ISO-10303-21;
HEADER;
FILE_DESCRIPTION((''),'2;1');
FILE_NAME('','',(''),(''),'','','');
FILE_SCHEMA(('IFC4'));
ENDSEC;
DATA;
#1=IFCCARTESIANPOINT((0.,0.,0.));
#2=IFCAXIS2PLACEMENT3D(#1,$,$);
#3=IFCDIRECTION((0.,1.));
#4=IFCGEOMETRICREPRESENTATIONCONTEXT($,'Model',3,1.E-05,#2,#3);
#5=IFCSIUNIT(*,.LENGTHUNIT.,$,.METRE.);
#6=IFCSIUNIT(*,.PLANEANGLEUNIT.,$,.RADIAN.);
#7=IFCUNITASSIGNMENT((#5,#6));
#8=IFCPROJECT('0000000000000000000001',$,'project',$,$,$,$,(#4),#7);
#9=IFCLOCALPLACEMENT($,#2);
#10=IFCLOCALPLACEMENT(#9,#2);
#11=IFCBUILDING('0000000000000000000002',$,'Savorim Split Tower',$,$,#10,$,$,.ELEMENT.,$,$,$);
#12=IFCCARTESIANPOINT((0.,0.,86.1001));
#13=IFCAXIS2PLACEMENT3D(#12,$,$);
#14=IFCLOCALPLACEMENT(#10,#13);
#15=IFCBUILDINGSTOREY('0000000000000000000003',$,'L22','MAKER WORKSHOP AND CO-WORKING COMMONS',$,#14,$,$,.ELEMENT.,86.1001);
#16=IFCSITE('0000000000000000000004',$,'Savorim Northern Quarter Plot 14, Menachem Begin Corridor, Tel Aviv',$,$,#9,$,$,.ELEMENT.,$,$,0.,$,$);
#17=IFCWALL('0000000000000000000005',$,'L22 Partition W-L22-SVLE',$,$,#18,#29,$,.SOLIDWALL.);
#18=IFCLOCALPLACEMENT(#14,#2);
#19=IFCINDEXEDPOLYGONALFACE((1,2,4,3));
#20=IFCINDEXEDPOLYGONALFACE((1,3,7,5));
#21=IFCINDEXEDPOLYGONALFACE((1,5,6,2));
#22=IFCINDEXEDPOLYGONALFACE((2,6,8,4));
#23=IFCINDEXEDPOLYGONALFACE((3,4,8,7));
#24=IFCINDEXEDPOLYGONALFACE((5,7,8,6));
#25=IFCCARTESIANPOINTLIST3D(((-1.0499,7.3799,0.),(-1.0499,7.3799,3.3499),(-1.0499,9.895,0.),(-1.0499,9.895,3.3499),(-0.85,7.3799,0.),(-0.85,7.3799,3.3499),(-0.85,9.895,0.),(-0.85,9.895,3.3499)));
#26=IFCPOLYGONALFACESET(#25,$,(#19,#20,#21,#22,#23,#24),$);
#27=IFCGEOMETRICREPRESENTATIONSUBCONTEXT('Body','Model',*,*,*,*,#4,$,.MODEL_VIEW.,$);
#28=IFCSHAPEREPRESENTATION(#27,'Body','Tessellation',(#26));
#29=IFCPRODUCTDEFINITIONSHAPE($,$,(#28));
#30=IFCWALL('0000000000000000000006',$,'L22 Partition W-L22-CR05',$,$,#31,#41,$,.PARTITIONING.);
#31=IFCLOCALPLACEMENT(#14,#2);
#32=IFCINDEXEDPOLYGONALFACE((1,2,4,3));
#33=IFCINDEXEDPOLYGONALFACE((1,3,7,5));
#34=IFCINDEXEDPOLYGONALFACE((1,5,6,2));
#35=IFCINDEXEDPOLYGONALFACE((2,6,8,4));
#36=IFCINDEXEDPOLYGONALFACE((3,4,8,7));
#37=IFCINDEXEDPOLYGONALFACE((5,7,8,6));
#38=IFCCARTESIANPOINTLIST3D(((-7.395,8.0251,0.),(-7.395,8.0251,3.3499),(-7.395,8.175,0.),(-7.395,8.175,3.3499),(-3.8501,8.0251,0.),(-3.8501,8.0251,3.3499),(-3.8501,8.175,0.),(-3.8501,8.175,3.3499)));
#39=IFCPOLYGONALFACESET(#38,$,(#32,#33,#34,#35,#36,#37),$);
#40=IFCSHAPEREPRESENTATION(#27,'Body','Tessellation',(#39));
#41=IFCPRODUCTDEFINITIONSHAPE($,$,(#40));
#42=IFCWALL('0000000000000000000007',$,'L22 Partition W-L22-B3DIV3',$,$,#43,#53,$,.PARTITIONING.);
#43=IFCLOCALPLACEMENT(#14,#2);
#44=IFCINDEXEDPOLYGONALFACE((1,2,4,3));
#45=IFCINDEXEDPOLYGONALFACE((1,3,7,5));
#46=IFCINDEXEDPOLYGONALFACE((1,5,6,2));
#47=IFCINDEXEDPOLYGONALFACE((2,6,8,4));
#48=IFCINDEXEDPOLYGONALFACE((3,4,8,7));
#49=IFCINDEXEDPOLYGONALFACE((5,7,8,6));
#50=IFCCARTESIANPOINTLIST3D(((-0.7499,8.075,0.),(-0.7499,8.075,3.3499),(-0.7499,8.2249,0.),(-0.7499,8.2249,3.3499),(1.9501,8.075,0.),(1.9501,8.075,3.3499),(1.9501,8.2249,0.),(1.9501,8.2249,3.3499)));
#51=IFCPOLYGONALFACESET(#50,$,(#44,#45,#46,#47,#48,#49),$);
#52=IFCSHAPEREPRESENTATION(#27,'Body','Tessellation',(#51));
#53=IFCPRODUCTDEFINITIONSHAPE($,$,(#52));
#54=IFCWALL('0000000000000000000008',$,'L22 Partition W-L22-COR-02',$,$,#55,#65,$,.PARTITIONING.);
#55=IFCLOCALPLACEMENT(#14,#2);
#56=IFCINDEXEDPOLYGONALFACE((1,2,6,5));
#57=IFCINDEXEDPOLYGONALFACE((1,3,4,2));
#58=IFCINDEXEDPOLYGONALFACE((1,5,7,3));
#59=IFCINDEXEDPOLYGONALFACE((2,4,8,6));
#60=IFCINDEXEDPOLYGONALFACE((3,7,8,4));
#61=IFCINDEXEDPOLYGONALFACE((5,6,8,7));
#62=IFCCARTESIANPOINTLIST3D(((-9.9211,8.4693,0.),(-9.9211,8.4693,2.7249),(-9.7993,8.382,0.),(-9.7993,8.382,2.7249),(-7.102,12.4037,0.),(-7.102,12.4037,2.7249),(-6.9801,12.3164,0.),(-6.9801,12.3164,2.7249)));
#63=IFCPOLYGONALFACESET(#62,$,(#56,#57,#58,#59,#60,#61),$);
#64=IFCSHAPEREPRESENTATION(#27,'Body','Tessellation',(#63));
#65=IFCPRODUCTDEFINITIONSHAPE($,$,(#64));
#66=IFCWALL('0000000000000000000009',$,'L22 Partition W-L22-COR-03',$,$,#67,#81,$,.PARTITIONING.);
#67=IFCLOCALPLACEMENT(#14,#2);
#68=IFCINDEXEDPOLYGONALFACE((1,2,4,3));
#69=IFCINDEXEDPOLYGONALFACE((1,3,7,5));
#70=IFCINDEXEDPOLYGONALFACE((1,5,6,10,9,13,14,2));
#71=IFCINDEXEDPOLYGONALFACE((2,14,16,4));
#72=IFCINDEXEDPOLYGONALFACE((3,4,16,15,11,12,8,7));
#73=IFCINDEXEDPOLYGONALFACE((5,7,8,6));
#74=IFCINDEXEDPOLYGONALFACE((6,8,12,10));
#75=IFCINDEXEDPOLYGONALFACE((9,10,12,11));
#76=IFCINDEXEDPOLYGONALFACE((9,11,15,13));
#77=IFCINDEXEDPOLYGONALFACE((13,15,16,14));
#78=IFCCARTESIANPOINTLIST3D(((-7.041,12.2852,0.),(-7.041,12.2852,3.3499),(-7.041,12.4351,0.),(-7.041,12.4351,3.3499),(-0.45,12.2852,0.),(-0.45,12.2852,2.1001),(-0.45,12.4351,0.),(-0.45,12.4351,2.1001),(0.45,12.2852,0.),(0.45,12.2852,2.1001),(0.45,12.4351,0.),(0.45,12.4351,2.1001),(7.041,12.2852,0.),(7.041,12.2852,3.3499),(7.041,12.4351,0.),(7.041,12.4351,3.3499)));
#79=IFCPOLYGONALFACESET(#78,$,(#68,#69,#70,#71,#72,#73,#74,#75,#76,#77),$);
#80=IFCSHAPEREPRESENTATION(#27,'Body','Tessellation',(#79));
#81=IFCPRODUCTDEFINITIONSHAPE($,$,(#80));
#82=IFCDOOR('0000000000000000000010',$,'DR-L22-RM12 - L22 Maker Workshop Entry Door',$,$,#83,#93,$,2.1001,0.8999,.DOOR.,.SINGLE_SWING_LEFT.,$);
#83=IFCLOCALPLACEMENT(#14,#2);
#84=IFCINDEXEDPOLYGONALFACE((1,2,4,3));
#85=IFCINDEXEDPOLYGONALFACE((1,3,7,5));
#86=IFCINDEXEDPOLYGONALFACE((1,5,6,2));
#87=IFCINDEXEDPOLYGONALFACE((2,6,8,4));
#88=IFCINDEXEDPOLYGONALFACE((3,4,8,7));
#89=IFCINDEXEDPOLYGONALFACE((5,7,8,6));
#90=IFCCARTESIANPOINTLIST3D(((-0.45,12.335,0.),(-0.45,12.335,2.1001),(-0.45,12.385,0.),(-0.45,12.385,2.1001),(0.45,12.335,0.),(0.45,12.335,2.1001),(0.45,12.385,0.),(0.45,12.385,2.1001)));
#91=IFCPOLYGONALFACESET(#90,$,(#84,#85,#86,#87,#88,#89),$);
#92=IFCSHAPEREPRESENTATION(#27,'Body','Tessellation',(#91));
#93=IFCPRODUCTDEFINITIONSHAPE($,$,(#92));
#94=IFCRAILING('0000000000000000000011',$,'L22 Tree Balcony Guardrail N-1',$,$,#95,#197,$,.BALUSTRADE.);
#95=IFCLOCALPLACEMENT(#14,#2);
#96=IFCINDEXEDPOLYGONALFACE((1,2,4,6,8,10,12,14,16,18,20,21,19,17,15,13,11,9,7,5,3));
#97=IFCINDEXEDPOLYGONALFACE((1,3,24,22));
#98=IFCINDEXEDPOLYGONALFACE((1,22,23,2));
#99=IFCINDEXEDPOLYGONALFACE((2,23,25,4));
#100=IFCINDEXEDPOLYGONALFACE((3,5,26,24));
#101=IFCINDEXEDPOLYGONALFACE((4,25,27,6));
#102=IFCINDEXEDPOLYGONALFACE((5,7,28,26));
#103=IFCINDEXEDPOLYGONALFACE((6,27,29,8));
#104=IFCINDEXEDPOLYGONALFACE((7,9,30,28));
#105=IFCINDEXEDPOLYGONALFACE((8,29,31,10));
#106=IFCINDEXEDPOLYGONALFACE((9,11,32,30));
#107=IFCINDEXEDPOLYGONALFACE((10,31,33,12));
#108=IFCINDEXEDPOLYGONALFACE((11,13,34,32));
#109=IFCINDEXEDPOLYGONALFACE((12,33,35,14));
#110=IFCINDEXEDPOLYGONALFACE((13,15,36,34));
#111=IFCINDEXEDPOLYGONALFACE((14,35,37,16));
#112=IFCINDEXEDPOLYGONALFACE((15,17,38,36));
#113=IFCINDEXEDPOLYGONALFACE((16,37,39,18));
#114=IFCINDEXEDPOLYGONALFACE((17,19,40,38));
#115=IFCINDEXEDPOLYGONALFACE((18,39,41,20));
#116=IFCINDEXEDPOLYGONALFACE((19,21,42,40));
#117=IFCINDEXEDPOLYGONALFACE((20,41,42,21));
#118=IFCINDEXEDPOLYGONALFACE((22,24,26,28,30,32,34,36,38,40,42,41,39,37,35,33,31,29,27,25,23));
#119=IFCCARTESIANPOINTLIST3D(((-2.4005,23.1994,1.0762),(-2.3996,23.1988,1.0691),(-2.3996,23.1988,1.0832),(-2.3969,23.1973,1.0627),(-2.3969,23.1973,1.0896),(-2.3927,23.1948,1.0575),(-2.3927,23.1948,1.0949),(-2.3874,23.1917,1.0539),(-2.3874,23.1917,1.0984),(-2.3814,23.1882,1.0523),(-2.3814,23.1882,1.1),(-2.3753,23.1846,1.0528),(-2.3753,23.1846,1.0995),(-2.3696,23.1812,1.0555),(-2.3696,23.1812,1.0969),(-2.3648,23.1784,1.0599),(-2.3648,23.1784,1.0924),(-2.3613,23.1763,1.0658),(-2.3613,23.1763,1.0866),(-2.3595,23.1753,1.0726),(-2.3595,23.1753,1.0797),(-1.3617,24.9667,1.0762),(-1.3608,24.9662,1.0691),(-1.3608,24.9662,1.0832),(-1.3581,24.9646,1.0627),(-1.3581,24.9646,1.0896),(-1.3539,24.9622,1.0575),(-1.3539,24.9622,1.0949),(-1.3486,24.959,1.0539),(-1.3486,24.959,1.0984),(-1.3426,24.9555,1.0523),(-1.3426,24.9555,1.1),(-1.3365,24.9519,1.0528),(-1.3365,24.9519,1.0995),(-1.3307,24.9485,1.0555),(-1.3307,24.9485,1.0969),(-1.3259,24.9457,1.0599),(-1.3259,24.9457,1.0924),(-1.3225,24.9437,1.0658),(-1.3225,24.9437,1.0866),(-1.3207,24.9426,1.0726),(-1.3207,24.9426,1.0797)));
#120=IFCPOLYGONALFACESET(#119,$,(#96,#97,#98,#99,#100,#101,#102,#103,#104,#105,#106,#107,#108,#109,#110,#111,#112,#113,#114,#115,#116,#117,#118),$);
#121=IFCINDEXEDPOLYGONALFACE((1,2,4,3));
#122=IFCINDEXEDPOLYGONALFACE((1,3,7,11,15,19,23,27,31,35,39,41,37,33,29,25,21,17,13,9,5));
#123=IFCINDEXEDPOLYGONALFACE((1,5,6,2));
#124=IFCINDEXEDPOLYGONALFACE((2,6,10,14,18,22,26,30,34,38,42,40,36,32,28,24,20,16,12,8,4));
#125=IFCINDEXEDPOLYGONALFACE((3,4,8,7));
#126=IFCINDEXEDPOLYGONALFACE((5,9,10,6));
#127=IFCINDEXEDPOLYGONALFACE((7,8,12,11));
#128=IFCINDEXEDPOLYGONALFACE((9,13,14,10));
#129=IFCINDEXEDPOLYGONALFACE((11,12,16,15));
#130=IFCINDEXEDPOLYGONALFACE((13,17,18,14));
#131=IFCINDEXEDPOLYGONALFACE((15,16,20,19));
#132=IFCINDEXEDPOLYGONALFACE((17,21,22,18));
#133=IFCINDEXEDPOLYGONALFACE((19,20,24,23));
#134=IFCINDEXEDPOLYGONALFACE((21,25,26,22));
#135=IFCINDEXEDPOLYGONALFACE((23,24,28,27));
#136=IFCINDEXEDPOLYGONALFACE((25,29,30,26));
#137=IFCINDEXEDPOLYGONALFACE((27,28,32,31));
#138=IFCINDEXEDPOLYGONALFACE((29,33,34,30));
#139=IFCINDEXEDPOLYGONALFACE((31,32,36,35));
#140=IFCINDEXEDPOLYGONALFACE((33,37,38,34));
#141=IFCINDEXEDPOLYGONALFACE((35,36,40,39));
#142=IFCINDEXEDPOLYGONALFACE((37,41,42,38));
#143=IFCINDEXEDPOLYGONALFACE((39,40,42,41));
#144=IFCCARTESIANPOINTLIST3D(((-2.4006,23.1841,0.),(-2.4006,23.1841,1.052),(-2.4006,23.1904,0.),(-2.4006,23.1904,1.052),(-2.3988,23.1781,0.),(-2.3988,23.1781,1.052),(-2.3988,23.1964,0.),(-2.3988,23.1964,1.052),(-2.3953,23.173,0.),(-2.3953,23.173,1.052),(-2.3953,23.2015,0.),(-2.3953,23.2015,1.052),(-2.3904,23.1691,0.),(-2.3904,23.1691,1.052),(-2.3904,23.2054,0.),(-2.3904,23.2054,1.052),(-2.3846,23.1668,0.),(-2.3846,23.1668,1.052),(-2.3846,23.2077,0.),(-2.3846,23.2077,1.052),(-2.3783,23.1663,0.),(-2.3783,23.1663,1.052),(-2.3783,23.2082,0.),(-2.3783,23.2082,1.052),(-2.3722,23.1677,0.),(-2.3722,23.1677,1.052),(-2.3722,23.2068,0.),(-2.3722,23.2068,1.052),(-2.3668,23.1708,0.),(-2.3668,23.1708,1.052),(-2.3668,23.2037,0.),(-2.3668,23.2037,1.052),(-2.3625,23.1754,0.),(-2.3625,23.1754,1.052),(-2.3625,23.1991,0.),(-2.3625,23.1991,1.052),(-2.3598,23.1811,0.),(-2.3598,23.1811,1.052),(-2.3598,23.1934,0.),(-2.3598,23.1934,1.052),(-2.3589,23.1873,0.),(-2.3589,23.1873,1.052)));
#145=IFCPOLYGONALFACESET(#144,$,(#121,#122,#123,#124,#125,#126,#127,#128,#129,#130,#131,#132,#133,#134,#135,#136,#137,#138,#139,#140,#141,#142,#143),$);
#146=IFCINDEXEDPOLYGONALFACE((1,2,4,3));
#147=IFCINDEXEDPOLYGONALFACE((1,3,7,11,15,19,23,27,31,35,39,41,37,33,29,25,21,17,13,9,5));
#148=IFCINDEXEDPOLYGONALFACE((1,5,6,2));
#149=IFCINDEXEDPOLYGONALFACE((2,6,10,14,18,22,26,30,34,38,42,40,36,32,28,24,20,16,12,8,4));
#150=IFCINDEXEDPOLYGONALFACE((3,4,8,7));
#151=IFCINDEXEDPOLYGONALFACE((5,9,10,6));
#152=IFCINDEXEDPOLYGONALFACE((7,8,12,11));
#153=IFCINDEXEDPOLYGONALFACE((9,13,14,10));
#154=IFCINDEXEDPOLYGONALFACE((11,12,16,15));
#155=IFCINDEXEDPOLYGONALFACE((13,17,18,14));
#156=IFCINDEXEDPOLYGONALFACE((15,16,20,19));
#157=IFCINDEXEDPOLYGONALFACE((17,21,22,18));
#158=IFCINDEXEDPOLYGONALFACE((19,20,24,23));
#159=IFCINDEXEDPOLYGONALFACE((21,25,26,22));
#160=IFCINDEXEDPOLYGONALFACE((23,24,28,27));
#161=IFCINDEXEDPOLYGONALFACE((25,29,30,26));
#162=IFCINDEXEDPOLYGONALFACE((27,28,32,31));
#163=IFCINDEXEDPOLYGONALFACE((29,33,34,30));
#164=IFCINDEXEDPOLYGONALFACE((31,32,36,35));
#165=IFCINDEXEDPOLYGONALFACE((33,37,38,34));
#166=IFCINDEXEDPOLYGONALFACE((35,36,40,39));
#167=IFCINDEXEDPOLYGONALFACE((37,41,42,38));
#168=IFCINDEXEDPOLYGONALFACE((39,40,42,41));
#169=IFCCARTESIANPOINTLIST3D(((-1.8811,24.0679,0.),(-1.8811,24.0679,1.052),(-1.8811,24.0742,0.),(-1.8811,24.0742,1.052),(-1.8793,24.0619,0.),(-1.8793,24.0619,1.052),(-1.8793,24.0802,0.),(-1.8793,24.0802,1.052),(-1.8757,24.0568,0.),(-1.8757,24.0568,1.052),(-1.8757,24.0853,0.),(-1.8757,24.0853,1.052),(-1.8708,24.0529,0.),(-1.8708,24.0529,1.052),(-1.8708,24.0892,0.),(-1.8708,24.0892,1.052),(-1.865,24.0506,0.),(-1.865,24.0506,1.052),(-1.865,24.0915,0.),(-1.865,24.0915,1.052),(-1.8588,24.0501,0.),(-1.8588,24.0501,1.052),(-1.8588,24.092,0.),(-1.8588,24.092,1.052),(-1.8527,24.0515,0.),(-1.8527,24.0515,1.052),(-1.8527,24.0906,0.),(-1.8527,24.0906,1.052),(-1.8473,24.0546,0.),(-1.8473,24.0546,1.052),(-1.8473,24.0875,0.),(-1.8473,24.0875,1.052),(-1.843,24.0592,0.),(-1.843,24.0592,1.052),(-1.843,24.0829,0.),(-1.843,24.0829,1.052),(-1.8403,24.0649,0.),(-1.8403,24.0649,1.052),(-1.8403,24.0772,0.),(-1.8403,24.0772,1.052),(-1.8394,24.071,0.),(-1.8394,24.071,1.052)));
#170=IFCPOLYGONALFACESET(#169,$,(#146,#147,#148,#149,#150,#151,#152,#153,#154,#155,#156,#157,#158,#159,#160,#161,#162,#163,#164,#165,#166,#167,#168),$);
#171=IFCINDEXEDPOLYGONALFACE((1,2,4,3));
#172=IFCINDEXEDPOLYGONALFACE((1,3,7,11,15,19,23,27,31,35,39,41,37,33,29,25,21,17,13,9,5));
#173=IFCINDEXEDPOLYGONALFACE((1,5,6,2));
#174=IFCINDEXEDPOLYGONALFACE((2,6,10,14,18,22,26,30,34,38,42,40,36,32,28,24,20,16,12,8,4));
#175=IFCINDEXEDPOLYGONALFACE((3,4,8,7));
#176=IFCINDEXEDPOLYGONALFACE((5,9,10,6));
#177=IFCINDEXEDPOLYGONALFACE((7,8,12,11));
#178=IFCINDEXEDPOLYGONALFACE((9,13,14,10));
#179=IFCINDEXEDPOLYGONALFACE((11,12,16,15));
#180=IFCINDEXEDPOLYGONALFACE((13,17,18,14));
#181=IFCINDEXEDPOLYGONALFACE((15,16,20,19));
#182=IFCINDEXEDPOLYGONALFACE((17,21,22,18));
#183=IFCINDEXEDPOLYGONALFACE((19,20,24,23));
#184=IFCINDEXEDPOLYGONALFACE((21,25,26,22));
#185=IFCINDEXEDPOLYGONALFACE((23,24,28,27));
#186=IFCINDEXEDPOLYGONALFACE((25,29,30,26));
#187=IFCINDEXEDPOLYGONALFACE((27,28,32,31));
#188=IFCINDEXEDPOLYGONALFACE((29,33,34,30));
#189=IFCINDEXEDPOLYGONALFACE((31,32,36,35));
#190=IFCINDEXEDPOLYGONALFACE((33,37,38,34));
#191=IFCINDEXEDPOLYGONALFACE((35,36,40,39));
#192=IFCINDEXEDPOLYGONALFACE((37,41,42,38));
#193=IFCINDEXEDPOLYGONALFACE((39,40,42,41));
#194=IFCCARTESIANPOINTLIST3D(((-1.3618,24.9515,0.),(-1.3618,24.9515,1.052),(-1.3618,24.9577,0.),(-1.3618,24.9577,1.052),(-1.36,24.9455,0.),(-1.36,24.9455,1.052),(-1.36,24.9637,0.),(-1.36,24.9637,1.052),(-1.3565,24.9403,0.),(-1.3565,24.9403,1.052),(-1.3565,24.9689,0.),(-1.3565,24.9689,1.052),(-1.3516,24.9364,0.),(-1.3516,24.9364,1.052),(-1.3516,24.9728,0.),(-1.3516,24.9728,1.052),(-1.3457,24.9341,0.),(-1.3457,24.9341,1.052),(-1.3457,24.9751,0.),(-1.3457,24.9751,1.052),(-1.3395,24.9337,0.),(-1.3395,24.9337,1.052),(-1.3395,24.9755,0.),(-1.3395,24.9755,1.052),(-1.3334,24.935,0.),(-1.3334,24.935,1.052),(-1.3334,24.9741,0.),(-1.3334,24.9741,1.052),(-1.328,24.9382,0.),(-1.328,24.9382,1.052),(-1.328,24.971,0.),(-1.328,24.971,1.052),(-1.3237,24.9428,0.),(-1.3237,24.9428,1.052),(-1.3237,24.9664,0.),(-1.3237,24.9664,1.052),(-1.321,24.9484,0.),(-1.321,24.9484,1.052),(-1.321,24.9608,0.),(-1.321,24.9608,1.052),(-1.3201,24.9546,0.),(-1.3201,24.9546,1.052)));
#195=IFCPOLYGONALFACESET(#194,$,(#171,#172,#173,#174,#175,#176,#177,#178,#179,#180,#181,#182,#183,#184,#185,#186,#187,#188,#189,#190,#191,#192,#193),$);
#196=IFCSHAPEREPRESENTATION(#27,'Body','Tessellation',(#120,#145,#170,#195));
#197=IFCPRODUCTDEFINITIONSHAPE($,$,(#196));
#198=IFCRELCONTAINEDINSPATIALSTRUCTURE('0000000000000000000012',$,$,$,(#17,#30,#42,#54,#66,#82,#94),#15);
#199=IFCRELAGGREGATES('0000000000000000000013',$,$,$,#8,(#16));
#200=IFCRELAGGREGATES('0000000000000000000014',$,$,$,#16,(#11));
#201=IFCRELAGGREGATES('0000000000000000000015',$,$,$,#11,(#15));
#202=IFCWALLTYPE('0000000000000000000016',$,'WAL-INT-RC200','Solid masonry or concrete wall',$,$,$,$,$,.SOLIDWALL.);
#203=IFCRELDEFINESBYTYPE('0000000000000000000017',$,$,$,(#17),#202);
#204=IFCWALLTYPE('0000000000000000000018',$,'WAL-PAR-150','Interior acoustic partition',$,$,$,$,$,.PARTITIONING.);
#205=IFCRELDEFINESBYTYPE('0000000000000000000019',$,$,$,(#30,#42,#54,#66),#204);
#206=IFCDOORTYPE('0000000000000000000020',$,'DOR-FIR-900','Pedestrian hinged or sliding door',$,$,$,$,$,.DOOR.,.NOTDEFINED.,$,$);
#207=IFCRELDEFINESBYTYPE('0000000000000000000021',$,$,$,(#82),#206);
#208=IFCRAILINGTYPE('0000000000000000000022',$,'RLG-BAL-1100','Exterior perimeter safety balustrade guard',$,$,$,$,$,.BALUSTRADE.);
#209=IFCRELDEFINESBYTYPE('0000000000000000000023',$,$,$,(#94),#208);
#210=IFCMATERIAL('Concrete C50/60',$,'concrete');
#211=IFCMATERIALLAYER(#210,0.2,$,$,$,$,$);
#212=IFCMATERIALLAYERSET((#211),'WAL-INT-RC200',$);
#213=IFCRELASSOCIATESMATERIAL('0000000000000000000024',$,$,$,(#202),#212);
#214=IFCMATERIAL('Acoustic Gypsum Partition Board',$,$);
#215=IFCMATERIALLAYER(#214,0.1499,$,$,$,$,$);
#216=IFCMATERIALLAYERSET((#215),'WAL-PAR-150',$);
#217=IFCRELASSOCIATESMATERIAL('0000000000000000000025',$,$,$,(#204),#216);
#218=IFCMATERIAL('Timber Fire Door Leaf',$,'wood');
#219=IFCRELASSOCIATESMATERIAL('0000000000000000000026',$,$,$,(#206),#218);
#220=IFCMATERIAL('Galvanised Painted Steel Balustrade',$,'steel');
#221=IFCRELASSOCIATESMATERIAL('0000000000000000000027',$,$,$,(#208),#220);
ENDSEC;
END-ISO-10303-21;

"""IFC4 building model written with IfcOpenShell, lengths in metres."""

from ifc_helpers import new_model, si_unit, direction, frame, frame_2d, origin, origin_2d, place, context, subcontext, project, spatial, rectangle, circle, extrude, material, layer, layer_set, type_object, element, fill, save


model = new_model("IFC4")

# Units and contexts
model_context = context("Model", 3, precision=1e-05, world=origin(), true_north=direction((0.0, 1.0)))
body_context = subcontext(model_context, "Body", "Model", "MODEL_VIEW")
ifc_project = project(units=[si_unit("LENGTHUNIT", "METRE"), si_unit("PLANEANGLEUNIT", "RADIAN")], contexts=[model_context])

# Site, building, storey
site_placement = place(None, origin())
site = spatial("IfcSite", under=ifc_project, at=site_placement, Name="Savorim Northern Quarter Plot 14, Menachem Begin Corridor, Tel Aviv", CompositionType="ELEMENT", RefElevation=0.0)
building_placement = place(site_placement, origin())
building = spatial("IfcBuilding", under=site, at=building_placement, Name="Savorim Split Tower", CompositionType="ELEMENT")
storey_placement = place(building_placement, frame((0.0, 0.0, 86.1001)))
storey = spatial("IfcBuildingStorey", under=building, at=storey_placement, Name="L22", Description="MAKER WORKSHOP AND CO-WORKING COMMONS", CompositionType="ELEMENT", Elevation=86.1001)

# Shared definitions
ifc_material_1 = material(Name="Concrete C50/60", Category="concrete")
ifc_layer_1 = layer(ifc_material_1, 0.2)
ifc_layer_set_1 = layer_set([ifc_layer_1], Name="WAL-INT-RC200")
wall_type_1 = type_object("IfcWallType", Name="WAL-INT-RC200", Description="Solid masonry or concrete wall", PredefinedType="SOLIDWALL", material=ifc_layer_set_1)

# Walls
wall_1_placement = place(storey_placement, frame((-0.95, 7.3799, 0.0), z_axis=(0.0, 0.0, 1.0), x_axis=(0.0, 1.0, 0.0)))
element("IfcWall", 1, at=wall_1_placement, inside=storey, type_object=wall_type_1, Name="L22 Partition W-L22-SVLE", PredefinedType="SOLIDWALL", context=body_context, shape_type="SweptSolid", body=[
    extrude(rectangle(XDim=2.5151, YDim=0.2, at=frame_2d((1.2576, 0.0))), origin(), (0.0, 0.0, 1.0), 3.3499),
])
ifc_material_2 = material(Name="Acoustic Gypsum Partition Board")
ifc_layer_2 = layer(ifc_material_2, 0.1499)
ifc_layer_set_2 = layer_set([ifc_layer_2], Name="WAL-PAR-150")
wall_type_2 = type_object("IfcWallType", Name="WAL-PAR-150", Description="Interior acoustic partition", PredefinedType="PARTITIONING", material=ifc_layer_set_2)
wall_2_placement = place(storey_placement, frame((-7.395, 8.1001, 0.0), z_axis=(0.0, 0.0, 1.0), x_axis=(1.0, 0.0, 0.0)))
element("IfcWall", 2, at=wall_2_placement, inside=storey, type_object=wall_type_2, Name="L22 Partition W-L22-CR05", PredefinedType="PARTITIONING", context=body_context, shape_type="SweptSolid", body=[
    extrude(rectangle(XDim=3.5449, YDim=0.1499, at=frame_2d((1.7725, 0.0))), origin(), (0.0, 0.0, 1.0), 3.3499),
])
wall_3_placement = place(storey_placement, frame((-0.75, 8.1499, 0.0), z_axis=(0.0, 0.0, 1.0), x_axis=(1.0, 0.0, 0.0)))
element("IfcWall", 3, at=wall_3_placement, inside=storey, type_object=wall_type_2, Name="L22 Partition W-L22-B3DIV3", PredefinedType="PARTITIONING", context=body_context, shape_type="SweptSolid", body=[
    extrude(rectangle(XDim=2.7, YDim=0.1499, at=frame_2d((1.3501, 0.0))), origin(), (0.0, 0.0, 1.0), 3.3499),
])
wall_4_placement = place(storey_placement, frame((-9.8601, 8.4258, 0.0), z_axis=(0.0, 0.0, 1.0), x_axis=(0.58245, 0.812867, 0.0)))
element("IfcWall", 4, at=wall_4_placement, inside=storey, type_object=wall_type_2, Name="L22 Partition W-L22-COR-02", PredefinedType="PARTITIONING", context=body_context, shape_type="SweptSolid", body=[
    extrude(rectangle(XDim=4.8401, YDim=0.1499, at=frame_2d((2.4199, 0.0))), origin(), (0.0, 0.0, 1.0), 2.7249),
])

# Wall, opening, door
wall_5_placement = place(storey_placement, frame((-7.041, 12.3601, 0.0), z_axis=(0.0, 0.0, 1.0), x_axis=(1.0, 0.0, 0.0)))
wall_5 = element("IfcWall", 5, at=wall_5_placement, inside=storey, type_object=wall_type_2, Name="L22 Partition W-L22-COR-03", PredefinedType="PARTITIONING", context=body_context, shape_type="SweptSolid", body=[
    extrude(rectangle(XDim=14.082, YDim=0.1499, at=frame_2d((7.041, 0.0))), origin(), (0.0, 0.0, 1.0), 3.3499),
])
opening_1_placement = place(wall_5_placement, frame((6.5911, 0.0, 0.0)))
opening_1 = element("IfcOpeningElement", 6, at=opening_1_placement, cuts=wall_5, PredefinedType="OPENING", context=body_context, shape_type="SweptSolid", body=[
    extrude(rectangle(XDim=0.8999, YDim=2.1001, at=frame_2d((0.45, 1.05))), frame((0.0, 0.085, 0.0), z_axis=(0.0, -1.0, 0.0), x_axis=(1.0, 0.0, 0.0)), (0.0, 0.0, 1.0), 0.1699),
])
ifc_material_3 = material(Name="Timber Fire Door Leaf", Category="wood")
door_type_1 = type_object("IfcDoorType", Name="DOR-FIR-900", Description="Pedestrian hinged or sliding door", OperationType="NOTDEFINED", PredefinedType="DOOR", material=ifc_material_3)
door_1_placement = place(opening_1_placement, origin())
door_1 = element("IfcDoor", 7, at=door_1_placement, inside=storey, type_object=door_type_1, Name="DR-L22-RM12 - L22 Maker Workshop Entry Door", OperationType="SINGLE_SWING_LEFT", OverallHeight=2.1001, OverallWidth=0.8999, PredefinedType="DOOR", context=body_context, shape_type="SweptSolid", body=[
    extrude(rectangle(XDim=0.8999, YDim=2.1001, at=frame_2d((0.45, 1.05))), frame((0.0, 0.0249, 0.0), z_axis=(0.0, -1.0, 0.0), x_axis=(1.0, 0.0, 0.0)), (0.0, 0.0, 1.0), 0.05),
])
fill(opening_1, door_1)

# Railing
ifc_material_4 = material(Name="Galvanised Painted Steel Balustrade", Category="steel")
railing_type = type_object("IfcRailingType", Name="RLG-BAL-1100", Description="Exterior perimeter safety balustrade guard", PredefinedType="BALUSTRADE", material=ifc_material_4)
railing_1_placement = place(storey_placement, frame((-2.3799, 23.1873, 0.0)))
element("IfcRailing", 8, at=railing_1_placement, inside=storey, type_object=railing_type, Name="L22 Tree Balcony Guardrail N-1", PredefinedType="BALUSTRADE", context=body_context, shape_type="SweptSolid", body=[
    extrude(circle(Radius=0.0239, at=origin_2d()), frame((0.0, 0.0, 1.0762), z_axis=(0.506734, 0.862103, 0.0), x_axis=(-0.862103, 0.506734, 0.0)), (0.0, 0.0, 1.0), 2.05),
    extrude(circle(Radius=0.021, at=origin_2d()), origin(), (0.0, 0.0, 1.0), 1.052),
    extrude(circle(Radius=0.021, at=origin_2d()), frame((0.5195, 0.8838, 0.0)), (0.0, 0.0, 1.0), 1.052),
    extrude(circle(Radius=0.021, at=origin_2d()), frame((1.0388, 1.7673, 0.0)), (0.0, 0.0, 1.0), 1.052),
])

save(model, "model.ifc")
